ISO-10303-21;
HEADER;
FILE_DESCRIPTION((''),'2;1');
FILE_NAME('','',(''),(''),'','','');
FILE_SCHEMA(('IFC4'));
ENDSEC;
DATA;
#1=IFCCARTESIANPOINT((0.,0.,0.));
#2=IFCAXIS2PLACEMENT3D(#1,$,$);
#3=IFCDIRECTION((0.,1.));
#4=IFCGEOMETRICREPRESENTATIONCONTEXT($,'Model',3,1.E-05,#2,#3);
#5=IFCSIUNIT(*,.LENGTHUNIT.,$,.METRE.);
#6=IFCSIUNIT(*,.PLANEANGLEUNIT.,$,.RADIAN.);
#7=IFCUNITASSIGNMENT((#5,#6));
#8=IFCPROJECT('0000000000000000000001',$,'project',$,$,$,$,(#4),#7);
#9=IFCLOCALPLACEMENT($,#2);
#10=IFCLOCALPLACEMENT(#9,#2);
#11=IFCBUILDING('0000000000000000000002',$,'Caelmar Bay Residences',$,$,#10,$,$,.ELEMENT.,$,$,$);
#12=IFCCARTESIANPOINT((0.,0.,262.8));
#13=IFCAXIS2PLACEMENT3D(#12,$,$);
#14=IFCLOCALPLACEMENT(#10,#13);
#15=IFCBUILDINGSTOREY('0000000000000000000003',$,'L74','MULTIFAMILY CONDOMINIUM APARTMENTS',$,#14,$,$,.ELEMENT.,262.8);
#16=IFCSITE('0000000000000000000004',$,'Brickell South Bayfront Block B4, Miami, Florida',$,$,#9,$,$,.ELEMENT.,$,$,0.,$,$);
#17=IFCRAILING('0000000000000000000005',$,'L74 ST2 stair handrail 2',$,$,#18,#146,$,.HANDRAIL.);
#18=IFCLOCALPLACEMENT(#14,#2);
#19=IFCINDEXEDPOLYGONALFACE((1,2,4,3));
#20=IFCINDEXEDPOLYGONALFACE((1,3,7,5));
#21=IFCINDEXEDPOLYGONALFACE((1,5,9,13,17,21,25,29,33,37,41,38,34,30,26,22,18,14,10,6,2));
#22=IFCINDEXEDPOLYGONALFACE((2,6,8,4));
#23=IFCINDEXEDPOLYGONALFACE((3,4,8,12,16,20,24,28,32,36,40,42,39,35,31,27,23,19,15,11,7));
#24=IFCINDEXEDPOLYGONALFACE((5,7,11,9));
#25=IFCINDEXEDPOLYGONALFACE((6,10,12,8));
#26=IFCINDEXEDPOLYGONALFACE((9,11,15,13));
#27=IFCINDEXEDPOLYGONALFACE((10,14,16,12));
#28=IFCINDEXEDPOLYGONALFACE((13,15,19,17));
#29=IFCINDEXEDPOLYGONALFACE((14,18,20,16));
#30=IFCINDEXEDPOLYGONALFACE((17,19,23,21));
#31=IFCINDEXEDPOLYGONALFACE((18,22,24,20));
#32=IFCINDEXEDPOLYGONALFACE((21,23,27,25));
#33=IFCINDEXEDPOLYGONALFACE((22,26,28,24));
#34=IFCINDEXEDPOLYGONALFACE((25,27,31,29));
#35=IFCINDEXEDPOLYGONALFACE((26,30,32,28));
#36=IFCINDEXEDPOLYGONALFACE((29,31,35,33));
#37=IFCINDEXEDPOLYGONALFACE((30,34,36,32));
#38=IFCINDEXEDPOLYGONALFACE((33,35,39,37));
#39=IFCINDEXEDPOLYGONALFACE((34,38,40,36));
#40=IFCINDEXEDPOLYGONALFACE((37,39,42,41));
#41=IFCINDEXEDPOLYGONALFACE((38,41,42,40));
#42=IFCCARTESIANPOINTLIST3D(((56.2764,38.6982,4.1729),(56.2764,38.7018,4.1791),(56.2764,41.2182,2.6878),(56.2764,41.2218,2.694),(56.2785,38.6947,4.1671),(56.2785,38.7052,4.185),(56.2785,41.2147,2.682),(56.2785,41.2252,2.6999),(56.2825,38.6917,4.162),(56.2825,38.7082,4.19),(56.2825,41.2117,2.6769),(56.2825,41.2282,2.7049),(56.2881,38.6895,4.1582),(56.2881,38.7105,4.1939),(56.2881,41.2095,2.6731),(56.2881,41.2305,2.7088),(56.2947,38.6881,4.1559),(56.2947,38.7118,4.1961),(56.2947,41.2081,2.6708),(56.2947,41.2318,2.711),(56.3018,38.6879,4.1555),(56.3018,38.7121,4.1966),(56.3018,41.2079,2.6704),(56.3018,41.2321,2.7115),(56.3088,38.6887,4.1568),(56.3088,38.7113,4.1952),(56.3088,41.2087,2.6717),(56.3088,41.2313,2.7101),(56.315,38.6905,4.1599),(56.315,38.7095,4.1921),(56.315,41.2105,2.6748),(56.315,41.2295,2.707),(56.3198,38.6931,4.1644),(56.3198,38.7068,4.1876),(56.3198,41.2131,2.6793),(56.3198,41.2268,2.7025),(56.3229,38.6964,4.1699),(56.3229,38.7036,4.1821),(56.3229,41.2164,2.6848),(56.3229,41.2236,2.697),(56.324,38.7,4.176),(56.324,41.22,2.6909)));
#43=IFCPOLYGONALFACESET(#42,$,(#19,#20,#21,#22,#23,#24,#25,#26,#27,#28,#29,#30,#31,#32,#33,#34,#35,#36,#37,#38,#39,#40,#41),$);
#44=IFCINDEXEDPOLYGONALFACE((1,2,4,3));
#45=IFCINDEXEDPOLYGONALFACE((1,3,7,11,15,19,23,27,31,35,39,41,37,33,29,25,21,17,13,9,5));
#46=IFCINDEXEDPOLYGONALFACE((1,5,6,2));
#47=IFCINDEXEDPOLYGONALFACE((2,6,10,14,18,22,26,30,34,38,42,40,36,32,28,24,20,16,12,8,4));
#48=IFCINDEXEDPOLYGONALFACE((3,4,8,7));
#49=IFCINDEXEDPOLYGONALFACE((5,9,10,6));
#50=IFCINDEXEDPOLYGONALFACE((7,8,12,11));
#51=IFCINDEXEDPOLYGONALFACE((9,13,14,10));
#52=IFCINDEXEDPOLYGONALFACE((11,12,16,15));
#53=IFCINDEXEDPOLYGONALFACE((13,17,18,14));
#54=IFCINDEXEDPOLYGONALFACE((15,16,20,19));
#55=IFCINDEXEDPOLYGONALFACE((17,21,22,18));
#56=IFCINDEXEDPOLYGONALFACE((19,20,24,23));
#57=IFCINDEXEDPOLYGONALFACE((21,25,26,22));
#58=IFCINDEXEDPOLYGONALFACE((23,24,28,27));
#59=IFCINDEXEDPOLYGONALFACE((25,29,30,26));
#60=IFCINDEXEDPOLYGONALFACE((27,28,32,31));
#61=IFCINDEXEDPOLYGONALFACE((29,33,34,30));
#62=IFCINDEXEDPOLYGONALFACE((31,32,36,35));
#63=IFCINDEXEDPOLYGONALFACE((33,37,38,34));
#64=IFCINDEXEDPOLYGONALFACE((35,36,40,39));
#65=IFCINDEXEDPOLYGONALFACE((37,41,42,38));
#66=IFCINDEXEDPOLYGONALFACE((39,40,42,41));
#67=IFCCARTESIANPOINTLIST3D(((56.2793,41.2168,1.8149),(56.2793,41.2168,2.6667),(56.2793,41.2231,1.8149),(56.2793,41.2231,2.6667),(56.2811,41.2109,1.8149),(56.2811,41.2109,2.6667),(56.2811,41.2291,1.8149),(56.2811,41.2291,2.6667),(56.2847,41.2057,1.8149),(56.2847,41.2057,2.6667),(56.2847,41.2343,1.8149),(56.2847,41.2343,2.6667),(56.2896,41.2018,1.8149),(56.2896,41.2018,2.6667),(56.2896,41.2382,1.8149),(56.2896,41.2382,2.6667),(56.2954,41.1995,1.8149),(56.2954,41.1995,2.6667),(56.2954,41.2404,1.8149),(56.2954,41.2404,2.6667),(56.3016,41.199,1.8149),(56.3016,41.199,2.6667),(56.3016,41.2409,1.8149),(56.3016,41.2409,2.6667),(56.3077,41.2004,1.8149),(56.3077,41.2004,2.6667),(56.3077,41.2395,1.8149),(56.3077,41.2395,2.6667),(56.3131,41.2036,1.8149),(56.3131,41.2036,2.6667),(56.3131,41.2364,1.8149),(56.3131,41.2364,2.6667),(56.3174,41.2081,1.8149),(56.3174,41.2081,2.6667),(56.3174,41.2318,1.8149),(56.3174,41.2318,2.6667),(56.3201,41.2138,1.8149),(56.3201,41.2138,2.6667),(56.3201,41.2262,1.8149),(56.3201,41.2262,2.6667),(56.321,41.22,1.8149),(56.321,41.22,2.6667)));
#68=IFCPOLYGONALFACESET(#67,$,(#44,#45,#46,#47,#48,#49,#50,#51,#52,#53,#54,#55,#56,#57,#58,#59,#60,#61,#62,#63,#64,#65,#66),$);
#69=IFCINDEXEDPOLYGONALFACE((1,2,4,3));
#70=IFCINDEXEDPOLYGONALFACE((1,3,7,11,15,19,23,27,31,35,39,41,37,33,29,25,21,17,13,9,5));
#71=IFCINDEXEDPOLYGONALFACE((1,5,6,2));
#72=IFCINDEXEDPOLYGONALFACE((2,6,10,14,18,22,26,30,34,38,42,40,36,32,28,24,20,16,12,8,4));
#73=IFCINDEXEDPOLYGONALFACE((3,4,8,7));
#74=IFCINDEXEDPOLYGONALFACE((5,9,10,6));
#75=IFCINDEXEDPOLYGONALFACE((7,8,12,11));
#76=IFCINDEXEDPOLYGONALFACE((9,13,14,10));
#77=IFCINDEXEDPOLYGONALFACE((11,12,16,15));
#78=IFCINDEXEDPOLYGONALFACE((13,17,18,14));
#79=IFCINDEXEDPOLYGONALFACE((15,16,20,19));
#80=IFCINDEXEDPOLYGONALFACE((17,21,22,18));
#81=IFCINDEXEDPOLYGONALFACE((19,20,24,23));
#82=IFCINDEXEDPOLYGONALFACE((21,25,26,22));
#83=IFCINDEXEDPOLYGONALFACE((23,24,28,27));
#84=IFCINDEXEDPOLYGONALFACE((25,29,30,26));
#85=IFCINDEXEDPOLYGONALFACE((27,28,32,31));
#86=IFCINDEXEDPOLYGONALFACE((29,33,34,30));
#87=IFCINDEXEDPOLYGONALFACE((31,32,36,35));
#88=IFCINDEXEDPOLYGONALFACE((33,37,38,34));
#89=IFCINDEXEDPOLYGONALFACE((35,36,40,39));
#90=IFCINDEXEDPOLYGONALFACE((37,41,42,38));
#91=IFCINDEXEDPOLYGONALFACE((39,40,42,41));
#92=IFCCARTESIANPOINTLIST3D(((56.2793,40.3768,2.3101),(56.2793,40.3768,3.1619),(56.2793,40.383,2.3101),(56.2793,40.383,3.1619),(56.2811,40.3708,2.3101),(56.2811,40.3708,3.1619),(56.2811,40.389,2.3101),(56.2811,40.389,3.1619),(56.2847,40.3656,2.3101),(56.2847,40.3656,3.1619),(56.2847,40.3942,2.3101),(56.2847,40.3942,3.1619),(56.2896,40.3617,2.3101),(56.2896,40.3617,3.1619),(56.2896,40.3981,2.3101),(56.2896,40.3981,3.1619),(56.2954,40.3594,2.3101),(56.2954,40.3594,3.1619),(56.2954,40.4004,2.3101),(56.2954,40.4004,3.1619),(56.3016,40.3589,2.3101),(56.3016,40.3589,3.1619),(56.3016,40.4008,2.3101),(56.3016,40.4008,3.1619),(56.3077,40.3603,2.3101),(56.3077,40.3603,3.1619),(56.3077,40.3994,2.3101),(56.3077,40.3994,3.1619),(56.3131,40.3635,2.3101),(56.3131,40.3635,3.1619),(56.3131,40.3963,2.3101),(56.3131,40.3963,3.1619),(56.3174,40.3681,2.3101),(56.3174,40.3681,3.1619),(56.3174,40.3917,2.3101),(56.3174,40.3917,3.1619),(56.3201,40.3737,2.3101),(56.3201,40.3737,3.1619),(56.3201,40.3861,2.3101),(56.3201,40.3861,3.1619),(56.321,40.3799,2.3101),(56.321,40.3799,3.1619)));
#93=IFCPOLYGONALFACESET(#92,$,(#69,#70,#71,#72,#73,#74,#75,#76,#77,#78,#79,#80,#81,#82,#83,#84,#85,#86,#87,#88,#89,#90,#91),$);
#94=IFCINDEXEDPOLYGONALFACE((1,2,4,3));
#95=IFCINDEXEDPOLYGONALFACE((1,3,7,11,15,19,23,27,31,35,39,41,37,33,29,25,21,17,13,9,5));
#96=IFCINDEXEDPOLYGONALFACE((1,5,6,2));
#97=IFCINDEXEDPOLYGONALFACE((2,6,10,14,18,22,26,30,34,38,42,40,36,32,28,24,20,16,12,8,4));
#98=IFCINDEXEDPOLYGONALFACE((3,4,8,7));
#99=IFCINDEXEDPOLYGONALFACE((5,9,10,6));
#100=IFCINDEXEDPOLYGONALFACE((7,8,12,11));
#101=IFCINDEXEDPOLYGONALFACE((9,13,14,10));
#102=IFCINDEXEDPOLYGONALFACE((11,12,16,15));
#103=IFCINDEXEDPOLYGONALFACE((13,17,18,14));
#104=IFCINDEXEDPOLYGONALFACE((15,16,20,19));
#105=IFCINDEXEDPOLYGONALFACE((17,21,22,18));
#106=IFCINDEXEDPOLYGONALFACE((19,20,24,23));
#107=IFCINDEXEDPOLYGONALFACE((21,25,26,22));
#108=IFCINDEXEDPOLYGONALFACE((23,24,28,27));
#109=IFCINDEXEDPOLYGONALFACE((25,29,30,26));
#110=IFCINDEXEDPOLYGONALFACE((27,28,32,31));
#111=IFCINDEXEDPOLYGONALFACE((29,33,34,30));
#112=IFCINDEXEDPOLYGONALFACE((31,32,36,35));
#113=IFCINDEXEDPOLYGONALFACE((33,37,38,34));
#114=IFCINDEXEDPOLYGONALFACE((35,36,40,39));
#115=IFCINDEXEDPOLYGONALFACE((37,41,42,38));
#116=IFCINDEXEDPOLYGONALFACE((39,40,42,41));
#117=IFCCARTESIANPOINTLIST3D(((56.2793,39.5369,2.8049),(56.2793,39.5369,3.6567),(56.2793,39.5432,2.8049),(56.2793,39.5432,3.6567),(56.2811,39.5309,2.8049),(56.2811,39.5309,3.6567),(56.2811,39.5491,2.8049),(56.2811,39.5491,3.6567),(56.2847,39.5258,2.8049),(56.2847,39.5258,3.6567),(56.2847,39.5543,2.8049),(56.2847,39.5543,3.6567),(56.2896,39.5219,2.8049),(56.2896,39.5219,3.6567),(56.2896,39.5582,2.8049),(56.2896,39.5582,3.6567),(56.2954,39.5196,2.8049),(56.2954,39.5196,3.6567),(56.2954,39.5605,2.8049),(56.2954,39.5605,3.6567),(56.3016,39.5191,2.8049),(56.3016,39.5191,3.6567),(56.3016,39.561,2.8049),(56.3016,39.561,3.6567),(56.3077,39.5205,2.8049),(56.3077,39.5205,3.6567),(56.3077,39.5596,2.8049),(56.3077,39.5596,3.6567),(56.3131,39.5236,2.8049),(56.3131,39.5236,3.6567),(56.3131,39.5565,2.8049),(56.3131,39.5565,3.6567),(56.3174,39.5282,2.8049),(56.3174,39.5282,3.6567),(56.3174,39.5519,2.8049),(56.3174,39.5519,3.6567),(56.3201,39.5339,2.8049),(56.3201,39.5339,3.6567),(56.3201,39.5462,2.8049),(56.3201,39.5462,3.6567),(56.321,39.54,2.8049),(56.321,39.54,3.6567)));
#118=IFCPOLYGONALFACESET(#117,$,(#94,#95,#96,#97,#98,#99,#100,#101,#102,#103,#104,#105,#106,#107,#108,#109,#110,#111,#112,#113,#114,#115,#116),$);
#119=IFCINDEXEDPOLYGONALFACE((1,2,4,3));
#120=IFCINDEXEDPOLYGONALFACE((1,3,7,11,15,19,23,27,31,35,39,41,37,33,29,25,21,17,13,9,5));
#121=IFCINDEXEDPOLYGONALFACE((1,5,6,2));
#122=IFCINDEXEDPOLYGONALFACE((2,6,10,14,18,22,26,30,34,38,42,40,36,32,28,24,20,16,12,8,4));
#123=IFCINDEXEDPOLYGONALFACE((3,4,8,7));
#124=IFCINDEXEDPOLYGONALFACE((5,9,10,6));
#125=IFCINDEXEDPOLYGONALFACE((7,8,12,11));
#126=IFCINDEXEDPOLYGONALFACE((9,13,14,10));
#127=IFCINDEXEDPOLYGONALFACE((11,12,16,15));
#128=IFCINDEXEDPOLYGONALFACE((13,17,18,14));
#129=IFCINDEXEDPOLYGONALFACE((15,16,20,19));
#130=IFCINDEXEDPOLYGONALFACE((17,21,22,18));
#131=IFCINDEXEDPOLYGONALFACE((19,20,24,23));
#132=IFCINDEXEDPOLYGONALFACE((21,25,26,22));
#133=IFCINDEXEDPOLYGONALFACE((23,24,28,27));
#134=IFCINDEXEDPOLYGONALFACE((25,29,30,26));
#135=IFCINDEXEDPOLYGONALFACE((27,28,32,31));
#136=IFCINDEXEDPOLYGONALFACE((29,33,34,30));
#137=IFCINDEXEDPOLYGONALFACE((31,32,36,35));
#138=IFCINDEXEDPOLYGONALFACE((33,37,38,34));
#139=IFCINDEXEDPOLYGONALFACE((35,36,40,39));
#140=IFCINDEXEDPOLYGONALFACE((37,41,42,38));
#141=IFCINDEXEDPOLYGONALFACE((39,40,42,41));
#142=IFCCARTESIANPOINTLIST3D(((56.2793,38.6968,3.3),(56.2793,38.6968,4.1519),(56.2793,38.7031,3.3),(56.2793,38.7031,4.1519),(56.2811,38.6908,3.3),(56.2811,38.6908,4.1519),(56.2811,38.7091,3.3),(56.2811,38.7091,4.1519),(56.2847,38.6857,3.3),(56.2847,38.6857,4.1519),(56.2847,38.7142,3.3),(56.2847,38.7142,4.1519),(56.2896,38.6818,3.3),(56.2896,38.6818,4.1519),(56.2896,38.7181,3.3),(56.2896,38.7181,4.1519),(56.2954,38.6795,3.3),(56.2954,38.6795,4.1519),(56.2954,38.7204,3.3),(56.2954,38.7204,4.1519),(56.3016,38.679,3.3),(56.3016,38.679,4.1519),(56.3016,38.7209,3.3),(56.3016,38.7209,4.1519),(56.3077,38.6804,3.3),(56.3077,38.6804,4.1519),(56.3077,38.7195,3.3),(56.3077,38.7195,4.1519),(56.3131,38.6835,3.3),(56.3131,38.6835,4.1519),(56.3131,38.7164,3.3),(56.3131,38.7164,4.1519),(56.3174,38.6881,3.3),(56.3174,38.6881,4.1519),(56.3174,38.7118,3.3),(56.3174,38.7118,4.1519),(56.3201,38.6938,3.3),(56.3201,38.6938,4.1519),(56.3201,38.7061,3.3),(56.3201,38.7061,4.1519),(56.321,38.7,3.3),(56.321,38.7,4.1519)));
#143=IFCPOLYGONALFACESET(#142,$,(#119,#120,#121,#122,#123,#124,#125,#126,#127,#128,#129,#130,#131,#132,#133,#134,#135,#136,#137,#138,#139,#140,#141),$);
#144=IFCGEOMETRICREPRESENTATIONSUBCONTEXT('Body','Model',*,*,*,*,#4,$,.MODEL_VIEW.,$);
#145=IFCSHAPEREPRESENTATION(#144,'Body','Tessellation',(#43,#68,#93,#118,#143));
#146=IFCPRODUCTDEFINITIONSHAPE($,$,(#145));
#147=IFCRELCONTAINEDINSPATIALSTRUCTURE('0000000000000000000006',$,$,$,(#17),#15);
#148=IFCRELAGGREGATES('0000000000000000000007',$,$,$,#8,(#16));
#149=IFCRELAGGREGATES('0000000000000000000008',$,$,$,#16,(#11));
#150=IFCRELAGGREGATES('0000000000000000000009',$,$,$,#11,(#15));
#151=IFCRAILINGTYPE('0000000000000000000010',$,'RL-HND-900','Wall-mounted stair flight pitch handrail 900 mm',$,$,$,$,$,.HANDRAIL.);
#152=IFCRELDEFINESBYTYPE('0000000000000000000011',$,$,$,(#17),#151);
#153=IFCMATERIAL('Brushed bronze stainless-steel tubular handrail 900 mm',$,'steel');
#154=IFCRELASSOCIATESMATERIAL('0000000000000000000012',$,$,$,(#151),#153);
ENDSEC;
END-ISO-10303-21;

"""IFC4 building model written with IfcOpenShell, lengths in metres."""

from ifc_helpers import new_model, si_unit, direction, frame, origin, origin_2d, place, context, subcontext, project, spatial, circle, extrude, material, type_object, element, save


model = new_model("IFC4")

# Units and contexts
model_context = context("Model", 3, precision=1e-05, world=origin(), true_north=direction((0.0, 1.0)))
body_context = subcontext(model_context, "Body", "Model", "MODEL_VIEW")
ifc_project = project(units=[si_unit("LENGTHUNIT", "METRE"), si_unit("PLANEANGLEUNIT", "RADIAN")], contexts=[model_context])

# Site, building, storey
site_placement = place(None, origin())
site = spatial("IfcSite", under=ifc_project, at=site_placement, Name="Brickell South Bayfront Block B4, Miami, Florida", CompositionType="ELEMENT", RefElevation=0.0)
building_placement = place(site_placement, origin())
building = spatial("IfcBuilding", under=site, at=building_placement, Name="Caelmar Bay Residences", CompositionType="ELEMENT")
storey_placement = place(building_placement, frame((0.0, 0.0, 262.8)))
storey = spatial("IfcBuildingStorey", under=building, at=storey_placement, Name="L74", Description="MULTIFAMILY CONDOMINIUM APARTMENTS", CompositionType="ELEMENT", Elevation=262.8)

# Railing
ifc_material_1 = material(Name="Brushed bronze stainless-steel tubular handrail 900 mm", Category="steel")
railing_type_1 = type_object("IfcRailingType", Name="RL-HND-900", Description="Wall-mounted stair flight pitch handrail 900 mm", PredefinedType="HANDRAIL", material=ifc_material_1)
railing_1_placement = place(storey_placement, frame((56.3, 41.22, 1.8149)))
element("IfcRailing", 1, at=railing_1_placement, inside=storey, type_object=railing_type_1, Name="L74 ST2 stair handrail 2", PredefinedType="HANDRAIL", context=body_context, shape_type="SweptSolid", body=[
    extrude(circle(Radius=0.0239, at=origin_2d()), frame((0.0, 0.0, 0.876), z_axis=(0.0, -0.861524, 0.507717), x_axis=(1.0, 0.0, 0.0)), (0.0, 0.0, 1.0), 2.925),
    extrude(circle(Radius=0.021, at=origin_2d()), origin(), (0.0, 0.0, 1.0), 0.8518),
    extrude(circle(Radius=0.021, at=origin_2d()), frame((0.0, -0.8401, 0.4951)), (0.0, 0.0, 1.0), 0.8518),
    extrude(circle(Radius=0.021, at=origin_2d()), frame((0.0, -1.6799, 0.99)), (0.0, 0.0, 1.0), 0.8518),
    extrude(circle(Radius=0.021, at=origin_2d()), frame((0.0, -2.52, 1.4851)), (0.0, 0.0, 1.0), 0.8518),
])

save(model, "model.ifc")
